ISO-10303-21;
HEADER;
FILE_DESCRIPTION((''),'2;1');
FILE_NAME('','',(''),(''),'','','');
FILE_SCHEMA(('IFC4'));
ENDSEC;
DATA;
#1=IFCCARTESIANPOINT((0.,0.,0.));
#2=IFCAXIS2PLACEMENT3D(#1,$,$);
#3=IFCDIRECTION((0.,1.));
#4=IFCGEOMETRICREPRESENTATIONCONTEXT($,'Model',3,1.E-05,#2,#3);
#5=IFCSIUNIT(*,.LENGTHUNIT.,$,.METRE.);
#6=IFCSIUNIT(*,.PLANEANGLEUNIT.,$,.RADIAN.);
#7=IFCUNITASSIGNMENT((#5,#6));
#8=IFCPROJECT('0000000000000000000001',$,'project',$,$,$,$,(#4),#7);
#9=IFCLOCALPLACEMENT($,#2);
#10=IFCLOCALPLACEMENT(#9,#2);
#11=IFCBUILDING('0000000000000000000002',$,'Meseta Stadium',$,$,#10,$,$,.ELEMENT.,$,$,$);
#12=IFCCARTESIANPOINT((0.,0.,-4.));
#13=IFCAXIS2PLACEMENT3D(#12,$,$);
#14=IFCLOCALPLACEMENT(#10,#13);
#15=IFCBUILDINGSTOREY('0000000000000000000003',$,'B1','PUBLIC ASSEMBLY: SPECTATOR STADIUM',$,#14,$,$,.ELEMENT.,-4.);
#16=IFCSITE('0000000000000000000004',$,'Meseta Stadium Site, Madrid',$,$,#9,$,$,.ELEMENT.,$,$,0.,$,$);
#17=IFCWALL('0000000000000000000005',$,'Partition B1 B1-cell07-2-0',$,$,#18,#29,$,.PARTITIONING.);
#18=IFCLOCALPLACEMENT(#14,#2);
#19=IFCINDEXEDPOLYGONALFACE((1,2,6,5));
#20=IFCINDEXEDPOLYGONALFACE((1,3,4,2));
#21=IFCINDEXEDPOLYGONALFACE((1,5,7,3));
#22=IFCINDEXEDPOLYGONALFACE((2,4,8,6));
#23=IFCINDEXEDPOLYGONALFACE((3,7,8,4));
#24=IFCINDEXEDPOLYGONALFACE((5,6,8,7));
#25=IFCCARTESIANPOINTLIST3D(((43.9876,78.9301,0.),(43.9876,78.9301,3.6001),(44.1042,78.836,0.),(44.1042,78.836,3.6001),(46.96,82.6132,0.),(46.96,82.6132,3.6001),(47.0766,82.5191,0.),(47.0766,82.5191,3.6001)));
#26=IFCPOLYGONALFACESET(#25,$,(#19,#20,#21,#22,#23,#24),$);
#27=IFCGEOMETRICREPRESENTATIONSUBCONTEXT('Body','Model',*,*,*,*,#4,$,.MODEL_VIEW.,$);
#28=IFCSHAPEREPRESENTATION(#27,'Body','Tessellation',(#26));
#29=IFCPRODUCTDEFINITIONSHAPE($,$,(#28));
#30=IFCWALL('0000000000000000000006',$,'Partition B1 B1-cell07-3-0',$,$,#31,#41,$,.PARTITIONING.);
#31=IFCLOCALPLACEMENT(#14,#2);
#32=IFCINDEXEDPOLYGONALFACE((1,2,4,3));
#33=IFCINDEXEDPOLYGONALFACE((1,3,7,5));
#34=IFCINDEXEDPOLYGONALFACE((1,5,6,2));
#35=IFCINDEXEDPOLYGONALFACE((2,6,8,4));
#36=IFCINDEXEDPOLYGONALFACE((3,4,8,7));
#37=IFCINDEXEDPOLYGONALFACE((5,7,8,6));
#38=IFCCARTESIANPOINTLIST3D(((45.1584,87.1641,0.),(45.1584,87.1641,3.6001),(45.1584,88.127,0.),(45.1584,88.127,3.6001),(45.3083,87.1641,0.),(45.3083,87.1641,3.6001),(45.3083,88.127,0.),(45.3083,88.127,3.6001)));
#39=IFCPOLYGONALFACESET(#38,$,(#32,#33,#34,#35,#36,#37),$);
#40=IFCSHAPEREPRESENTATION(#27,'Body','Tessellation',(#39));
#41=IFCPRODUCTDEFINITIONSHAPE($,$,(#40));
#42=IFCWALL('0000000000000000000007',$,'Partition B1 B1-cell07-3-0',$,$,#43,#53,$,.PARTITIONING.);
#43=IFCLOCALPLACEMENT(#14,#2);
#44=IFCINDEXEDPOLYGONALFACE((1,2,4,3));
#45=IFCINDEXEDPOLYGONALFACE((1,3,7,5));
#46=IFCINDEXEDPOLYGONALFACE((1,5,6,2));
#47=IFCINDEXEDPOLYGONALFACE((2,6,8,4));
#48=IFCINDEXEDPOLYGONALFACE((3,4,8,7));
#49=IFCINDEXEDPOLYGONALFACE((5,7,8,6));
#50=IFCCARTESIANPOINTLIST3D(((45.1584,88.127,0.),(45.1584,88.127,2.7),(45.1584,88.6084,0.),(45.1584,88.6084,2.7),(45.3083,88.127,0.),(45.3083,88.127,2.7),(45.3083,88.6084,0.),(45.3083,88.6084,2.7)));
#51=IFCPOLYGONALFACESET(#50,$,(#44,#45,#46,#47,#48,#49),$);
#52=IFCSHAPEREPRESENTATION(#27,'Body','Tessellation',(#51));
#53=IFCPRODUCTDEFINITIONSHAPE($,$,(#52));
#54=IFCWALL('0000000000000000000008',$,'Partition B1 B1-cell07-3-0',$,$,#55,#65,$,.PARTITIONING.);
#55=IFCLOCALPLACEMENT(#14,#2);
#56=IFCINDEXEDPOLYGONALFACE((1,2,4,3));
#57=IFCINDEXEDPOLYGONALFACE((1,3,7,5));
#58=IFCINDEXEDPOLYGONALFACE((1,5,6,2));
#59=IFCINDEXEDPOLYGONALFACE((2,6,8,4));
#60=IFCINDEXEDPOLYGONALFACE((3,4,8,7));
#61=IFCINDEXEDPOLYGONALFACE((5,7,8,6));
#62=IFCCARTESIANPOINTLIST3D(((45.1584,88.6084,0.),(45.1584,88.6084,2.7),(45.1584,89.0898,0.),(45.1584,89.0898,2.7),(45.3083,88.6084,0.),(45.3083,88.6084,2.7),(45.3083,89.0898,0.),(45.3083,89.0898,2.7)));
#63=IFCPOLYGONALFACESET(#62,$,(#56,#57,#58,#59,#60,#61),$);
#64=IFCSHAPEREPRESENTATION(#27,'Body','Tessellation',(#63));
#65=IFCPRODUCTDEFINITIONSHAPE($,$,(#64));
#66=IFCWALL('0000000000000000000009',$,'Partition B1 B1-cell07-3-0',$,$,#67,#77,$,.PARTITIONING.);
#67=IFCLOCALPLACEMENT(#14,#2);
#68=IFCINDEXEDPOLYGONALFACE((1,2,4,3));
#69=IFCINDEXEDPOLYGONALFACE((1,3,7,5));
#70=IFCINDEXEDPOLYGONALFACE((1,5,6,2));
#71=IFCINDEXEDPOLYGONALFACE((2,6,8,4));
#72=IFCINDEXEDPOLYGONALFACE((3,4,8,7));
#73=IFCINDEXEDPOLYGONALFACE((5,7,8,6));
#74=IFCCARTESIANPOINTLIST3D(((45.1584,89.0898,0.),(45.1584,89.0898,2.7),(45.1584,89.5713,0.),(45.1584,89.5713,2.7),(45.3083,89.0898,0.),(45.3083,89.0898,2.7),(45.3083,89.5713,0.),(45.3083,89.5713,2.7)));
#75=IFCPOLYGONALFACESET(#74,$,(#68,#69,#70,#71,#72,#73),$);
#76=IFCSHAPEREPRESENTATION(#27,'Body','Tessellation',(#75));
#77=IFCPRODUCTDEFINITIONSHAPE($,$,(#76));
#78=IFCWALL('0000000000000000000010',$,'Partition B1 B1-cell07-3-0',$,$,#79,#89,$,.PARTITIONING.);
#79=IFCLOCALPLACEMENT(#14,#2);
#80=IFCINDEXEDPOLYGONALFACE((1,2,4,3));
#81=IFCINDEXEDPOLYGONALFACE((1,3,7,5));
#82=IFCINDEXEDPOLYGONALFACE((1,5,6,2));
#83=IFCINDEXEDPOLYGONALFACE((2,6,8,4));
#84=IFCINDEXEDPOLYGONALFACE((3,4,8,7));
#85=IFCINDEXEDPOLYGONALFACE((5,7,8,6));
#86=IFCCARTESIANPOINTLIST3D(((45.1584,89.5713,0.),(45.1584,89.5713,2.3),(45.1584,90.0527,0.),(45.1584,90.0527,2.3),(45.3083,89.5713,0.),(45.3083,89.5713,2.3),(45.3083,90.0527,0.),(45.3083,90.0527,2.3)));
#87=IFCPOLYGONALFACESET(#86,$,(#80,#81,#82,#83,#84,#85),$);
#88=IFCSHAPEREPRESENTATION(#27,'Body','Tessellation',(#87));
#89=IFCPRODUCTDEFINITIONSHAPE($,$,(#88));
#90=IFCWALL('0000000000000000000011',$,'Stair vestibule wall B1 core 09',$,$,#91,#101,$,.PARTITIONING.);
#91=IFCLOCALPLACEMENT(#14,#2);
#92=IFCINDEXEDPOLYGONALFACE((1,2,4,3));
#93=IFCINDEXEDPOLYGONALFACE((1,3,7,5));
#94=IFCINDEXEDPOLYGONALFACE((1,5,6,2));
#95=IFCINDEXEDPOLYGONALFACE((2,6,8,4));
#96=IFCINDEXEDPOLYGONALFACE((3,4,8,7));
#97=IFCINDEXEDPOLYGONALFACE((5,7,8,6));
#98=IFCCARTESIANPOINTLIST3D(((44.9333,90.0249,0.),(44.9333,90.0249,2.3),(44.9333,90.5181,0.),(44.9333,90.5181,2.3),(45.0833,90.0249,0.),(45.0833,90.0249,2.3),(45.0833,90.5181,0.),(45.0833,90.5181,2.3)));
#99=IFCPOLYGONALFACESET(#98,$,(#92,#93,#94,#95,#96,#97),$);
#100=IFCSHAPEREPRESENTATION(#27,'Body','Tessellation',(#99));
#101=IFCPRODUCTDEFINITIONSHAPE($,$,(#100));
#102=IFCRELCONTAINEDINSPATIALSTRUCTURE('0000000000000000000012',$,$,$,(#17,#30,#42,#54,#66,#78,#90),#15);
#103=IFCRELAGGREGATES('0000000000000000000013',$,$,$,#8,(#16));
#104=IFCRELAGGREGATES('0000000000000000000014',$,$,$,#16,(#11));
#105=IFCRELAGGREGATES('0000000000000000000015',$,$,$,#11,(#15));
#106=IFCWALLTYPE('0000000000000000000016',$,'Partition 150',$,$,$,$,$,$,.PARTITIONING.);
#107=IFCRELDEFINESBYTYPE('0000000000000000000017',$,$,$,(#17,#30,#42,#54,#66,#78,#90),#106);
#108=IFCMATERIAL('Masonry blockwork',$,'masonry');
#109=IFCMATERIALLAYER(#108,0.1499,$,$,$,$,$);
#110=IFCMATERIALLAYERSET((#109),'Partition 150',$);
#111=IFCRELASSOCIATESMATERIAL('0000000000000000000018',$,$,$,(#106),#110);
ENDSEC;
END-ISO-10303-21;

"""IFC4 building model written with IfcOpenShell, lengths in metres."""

from ifc_helpers import new_model, si_unit, direction, frame, frame_2d, origin, place, context, subcontext, project, spatial, rectangle, extrude, material, layer, layer_set, type_object, element, save


model = new_model("IFC4")

# Units and contexts
model_context = context("Model", 3, precision=1e-05, world=origin(), true_north=direction((0.0, 1.0)))
body_context = subcontext(model_context, "Body", "Model", "MODEL_VIEW")
ifc_project = project(units=[si_unit("LENGTHUNIT", "METRE"), si_unit("PLANEANGLEUNIT", "RADIAN")], contexts=[model_context])

# Site, building, storey
site_placement = place(None, origin())
site = spatial("IfcSite", under=ifc_project, at=site_placement, Name="Meseta Stadium Site, Madrid", CompositionType="ELEMENT", RefElevation=0.0)
building_placement = place(site_placement, origin())
building = spatial("IfcBuilding", under=site, at=building_placement, Name="Meseta Stadium", CompositionType="ELEMENT")
storey_placement = place(building_placement, frame((0.0, 0.0, -4.0)))
storey = spatial("IfcBuildingStorey", under=building, at=storey_placement, Name="B1", Description="PUBLIC ASSEMBLY: SPECTATOR STADIUM", CompositionType="ELEMENT", Elevation=-4.0)

# Walls
ifc_material_1 = material(Name="Masonry blockwork", Category="masonry")
ifc_layer_1 = layer(ifc_material_1, 0.1499)
ifc_layer_set_1 = layer_set([ifc_layer_1], Name="Partition 150")
wall_type_1 = type_object("IfcWallType", Name="Partition 150", PredefinedType="PARTITIONING", material=ifc_layer_set_1)
wall_1_placement = place(storey_placement, frame((47.0183, 82.5662, 0.0), z_axis=(0.0, 0.0, 1.0), x_axis=(-0.62803, -0.778189, 0.0)))
element("IfcWall", 1, at=wall_1_placement, inside=storey, type_object=wall_type_1, Name="Partition B1 B1-cell07-2-0", PredefinedType="PARTITIONING", context=body_context, shape_type="SweptSolid", body=[
    extrude(rectangle(XDim=4.7329, YDim=0.1499, at=frame_2d((2.3665, 0.0))), origin(), (0.0, 0.0, 1.0), 3.6001),
])
wall_2_placement = place(storey_placement, frame((45.2334, 87.1641, 0.0), z_axis=(0.0, 0.0, 1.0), x_axis=(0.0, 1.0, 0.0)))
element("IfcWall", 2, at=wall_2_placement, inside=storey, type_object=wall_type_1, Name="Partition B1 B1-cell07-3-0", PredefinedType="PARTITIONING", context=body_context, shape_type="SweptSolid", body=[
    extrude(rectangle(XDim=0.9629, YDim=0.1499, at=frame_2d((0.4814, 0.0))), origin(), (0.0, 0.0, 1.0), 3.6001),
])
for number, where, z_axis, x_axis, name in (
    (3, (45.2334, 88.127, 0.0), (0.0, 0.0, 1.0), (0.0, 1.0, 0.0), "Partition B1 B1-cell07-3-0"),
    (4, (45.2334, 88.6084, 0.0), (0.0, 0.0, 1.0), (0.0, 1.0, 0.0), "Partition B1 B1-cell07-3-0"),
    (5, (45.2334, 89.0898, 0.0), (0.0, 0.0, 1.0), (0.0, 1.0, 0.0), "Partition B1 B1-cell07-3-0"),
):
    element("IfcWall", number, at=place(storey_placement, frame(where, z_axis=z_axis, x_axis=x_axis)), inside=storey, type_object=wall_type_1, Name=name, PredefinedType="PARTITIONING", context=body_context, shape_type="SweptSolid", body=[
        extrude(rectangle(XDim=0.4814, YDim=0.1499, at=frame_2d((0.2407, 0.0))), origin(), (0.0, 0.0, 1.0), 2.7),
    ])
wall_3_placement = place(storey_placement, frame((45.2334, 89.5713, 0.0), z_axis=(0.0, 0.0, 1.0), x_axis=(0.0, 1.0, 0.0)))
element("IfcWall", 6, at=wall_3_placement, inside=storey, type_object=wall_type_1, Name="Partition B1 B1-cell07-3-0", PredefinedType="PARTITIONING", context=body_context, shape_type="SweptSolid", body=[
    extrude(rectangle(XDim=0.4814, YDim=0.1499, at=frame_2d((0.2407, 0.0))), origin(), (0.0, 0.0, 1.0), 2.3),
])
wall_4_placement = place(storey_placement, frame((45.0083, 90.0249, 0.0), z_axis=(0.0, 0.0, 1.0), x_axis=(0.0, 1.0, 0.0)))
element("IfcWall", 7, at=wall_4_placement, inside=storey, type_object=wall_type_1, Name="Stair vestibule wall B1 core 09", PredefinedType="PARTITIONING", context=body_context, shape_type="SweptSolid", body=[
    extrude(rectangle(XDim=0.4932, YDim=0.1499, at=frame_2d((0.2466, 0.0))), origin(), (0.0, 0.0, 1.0), 2.3),
])

save(model, "model.ifc")
